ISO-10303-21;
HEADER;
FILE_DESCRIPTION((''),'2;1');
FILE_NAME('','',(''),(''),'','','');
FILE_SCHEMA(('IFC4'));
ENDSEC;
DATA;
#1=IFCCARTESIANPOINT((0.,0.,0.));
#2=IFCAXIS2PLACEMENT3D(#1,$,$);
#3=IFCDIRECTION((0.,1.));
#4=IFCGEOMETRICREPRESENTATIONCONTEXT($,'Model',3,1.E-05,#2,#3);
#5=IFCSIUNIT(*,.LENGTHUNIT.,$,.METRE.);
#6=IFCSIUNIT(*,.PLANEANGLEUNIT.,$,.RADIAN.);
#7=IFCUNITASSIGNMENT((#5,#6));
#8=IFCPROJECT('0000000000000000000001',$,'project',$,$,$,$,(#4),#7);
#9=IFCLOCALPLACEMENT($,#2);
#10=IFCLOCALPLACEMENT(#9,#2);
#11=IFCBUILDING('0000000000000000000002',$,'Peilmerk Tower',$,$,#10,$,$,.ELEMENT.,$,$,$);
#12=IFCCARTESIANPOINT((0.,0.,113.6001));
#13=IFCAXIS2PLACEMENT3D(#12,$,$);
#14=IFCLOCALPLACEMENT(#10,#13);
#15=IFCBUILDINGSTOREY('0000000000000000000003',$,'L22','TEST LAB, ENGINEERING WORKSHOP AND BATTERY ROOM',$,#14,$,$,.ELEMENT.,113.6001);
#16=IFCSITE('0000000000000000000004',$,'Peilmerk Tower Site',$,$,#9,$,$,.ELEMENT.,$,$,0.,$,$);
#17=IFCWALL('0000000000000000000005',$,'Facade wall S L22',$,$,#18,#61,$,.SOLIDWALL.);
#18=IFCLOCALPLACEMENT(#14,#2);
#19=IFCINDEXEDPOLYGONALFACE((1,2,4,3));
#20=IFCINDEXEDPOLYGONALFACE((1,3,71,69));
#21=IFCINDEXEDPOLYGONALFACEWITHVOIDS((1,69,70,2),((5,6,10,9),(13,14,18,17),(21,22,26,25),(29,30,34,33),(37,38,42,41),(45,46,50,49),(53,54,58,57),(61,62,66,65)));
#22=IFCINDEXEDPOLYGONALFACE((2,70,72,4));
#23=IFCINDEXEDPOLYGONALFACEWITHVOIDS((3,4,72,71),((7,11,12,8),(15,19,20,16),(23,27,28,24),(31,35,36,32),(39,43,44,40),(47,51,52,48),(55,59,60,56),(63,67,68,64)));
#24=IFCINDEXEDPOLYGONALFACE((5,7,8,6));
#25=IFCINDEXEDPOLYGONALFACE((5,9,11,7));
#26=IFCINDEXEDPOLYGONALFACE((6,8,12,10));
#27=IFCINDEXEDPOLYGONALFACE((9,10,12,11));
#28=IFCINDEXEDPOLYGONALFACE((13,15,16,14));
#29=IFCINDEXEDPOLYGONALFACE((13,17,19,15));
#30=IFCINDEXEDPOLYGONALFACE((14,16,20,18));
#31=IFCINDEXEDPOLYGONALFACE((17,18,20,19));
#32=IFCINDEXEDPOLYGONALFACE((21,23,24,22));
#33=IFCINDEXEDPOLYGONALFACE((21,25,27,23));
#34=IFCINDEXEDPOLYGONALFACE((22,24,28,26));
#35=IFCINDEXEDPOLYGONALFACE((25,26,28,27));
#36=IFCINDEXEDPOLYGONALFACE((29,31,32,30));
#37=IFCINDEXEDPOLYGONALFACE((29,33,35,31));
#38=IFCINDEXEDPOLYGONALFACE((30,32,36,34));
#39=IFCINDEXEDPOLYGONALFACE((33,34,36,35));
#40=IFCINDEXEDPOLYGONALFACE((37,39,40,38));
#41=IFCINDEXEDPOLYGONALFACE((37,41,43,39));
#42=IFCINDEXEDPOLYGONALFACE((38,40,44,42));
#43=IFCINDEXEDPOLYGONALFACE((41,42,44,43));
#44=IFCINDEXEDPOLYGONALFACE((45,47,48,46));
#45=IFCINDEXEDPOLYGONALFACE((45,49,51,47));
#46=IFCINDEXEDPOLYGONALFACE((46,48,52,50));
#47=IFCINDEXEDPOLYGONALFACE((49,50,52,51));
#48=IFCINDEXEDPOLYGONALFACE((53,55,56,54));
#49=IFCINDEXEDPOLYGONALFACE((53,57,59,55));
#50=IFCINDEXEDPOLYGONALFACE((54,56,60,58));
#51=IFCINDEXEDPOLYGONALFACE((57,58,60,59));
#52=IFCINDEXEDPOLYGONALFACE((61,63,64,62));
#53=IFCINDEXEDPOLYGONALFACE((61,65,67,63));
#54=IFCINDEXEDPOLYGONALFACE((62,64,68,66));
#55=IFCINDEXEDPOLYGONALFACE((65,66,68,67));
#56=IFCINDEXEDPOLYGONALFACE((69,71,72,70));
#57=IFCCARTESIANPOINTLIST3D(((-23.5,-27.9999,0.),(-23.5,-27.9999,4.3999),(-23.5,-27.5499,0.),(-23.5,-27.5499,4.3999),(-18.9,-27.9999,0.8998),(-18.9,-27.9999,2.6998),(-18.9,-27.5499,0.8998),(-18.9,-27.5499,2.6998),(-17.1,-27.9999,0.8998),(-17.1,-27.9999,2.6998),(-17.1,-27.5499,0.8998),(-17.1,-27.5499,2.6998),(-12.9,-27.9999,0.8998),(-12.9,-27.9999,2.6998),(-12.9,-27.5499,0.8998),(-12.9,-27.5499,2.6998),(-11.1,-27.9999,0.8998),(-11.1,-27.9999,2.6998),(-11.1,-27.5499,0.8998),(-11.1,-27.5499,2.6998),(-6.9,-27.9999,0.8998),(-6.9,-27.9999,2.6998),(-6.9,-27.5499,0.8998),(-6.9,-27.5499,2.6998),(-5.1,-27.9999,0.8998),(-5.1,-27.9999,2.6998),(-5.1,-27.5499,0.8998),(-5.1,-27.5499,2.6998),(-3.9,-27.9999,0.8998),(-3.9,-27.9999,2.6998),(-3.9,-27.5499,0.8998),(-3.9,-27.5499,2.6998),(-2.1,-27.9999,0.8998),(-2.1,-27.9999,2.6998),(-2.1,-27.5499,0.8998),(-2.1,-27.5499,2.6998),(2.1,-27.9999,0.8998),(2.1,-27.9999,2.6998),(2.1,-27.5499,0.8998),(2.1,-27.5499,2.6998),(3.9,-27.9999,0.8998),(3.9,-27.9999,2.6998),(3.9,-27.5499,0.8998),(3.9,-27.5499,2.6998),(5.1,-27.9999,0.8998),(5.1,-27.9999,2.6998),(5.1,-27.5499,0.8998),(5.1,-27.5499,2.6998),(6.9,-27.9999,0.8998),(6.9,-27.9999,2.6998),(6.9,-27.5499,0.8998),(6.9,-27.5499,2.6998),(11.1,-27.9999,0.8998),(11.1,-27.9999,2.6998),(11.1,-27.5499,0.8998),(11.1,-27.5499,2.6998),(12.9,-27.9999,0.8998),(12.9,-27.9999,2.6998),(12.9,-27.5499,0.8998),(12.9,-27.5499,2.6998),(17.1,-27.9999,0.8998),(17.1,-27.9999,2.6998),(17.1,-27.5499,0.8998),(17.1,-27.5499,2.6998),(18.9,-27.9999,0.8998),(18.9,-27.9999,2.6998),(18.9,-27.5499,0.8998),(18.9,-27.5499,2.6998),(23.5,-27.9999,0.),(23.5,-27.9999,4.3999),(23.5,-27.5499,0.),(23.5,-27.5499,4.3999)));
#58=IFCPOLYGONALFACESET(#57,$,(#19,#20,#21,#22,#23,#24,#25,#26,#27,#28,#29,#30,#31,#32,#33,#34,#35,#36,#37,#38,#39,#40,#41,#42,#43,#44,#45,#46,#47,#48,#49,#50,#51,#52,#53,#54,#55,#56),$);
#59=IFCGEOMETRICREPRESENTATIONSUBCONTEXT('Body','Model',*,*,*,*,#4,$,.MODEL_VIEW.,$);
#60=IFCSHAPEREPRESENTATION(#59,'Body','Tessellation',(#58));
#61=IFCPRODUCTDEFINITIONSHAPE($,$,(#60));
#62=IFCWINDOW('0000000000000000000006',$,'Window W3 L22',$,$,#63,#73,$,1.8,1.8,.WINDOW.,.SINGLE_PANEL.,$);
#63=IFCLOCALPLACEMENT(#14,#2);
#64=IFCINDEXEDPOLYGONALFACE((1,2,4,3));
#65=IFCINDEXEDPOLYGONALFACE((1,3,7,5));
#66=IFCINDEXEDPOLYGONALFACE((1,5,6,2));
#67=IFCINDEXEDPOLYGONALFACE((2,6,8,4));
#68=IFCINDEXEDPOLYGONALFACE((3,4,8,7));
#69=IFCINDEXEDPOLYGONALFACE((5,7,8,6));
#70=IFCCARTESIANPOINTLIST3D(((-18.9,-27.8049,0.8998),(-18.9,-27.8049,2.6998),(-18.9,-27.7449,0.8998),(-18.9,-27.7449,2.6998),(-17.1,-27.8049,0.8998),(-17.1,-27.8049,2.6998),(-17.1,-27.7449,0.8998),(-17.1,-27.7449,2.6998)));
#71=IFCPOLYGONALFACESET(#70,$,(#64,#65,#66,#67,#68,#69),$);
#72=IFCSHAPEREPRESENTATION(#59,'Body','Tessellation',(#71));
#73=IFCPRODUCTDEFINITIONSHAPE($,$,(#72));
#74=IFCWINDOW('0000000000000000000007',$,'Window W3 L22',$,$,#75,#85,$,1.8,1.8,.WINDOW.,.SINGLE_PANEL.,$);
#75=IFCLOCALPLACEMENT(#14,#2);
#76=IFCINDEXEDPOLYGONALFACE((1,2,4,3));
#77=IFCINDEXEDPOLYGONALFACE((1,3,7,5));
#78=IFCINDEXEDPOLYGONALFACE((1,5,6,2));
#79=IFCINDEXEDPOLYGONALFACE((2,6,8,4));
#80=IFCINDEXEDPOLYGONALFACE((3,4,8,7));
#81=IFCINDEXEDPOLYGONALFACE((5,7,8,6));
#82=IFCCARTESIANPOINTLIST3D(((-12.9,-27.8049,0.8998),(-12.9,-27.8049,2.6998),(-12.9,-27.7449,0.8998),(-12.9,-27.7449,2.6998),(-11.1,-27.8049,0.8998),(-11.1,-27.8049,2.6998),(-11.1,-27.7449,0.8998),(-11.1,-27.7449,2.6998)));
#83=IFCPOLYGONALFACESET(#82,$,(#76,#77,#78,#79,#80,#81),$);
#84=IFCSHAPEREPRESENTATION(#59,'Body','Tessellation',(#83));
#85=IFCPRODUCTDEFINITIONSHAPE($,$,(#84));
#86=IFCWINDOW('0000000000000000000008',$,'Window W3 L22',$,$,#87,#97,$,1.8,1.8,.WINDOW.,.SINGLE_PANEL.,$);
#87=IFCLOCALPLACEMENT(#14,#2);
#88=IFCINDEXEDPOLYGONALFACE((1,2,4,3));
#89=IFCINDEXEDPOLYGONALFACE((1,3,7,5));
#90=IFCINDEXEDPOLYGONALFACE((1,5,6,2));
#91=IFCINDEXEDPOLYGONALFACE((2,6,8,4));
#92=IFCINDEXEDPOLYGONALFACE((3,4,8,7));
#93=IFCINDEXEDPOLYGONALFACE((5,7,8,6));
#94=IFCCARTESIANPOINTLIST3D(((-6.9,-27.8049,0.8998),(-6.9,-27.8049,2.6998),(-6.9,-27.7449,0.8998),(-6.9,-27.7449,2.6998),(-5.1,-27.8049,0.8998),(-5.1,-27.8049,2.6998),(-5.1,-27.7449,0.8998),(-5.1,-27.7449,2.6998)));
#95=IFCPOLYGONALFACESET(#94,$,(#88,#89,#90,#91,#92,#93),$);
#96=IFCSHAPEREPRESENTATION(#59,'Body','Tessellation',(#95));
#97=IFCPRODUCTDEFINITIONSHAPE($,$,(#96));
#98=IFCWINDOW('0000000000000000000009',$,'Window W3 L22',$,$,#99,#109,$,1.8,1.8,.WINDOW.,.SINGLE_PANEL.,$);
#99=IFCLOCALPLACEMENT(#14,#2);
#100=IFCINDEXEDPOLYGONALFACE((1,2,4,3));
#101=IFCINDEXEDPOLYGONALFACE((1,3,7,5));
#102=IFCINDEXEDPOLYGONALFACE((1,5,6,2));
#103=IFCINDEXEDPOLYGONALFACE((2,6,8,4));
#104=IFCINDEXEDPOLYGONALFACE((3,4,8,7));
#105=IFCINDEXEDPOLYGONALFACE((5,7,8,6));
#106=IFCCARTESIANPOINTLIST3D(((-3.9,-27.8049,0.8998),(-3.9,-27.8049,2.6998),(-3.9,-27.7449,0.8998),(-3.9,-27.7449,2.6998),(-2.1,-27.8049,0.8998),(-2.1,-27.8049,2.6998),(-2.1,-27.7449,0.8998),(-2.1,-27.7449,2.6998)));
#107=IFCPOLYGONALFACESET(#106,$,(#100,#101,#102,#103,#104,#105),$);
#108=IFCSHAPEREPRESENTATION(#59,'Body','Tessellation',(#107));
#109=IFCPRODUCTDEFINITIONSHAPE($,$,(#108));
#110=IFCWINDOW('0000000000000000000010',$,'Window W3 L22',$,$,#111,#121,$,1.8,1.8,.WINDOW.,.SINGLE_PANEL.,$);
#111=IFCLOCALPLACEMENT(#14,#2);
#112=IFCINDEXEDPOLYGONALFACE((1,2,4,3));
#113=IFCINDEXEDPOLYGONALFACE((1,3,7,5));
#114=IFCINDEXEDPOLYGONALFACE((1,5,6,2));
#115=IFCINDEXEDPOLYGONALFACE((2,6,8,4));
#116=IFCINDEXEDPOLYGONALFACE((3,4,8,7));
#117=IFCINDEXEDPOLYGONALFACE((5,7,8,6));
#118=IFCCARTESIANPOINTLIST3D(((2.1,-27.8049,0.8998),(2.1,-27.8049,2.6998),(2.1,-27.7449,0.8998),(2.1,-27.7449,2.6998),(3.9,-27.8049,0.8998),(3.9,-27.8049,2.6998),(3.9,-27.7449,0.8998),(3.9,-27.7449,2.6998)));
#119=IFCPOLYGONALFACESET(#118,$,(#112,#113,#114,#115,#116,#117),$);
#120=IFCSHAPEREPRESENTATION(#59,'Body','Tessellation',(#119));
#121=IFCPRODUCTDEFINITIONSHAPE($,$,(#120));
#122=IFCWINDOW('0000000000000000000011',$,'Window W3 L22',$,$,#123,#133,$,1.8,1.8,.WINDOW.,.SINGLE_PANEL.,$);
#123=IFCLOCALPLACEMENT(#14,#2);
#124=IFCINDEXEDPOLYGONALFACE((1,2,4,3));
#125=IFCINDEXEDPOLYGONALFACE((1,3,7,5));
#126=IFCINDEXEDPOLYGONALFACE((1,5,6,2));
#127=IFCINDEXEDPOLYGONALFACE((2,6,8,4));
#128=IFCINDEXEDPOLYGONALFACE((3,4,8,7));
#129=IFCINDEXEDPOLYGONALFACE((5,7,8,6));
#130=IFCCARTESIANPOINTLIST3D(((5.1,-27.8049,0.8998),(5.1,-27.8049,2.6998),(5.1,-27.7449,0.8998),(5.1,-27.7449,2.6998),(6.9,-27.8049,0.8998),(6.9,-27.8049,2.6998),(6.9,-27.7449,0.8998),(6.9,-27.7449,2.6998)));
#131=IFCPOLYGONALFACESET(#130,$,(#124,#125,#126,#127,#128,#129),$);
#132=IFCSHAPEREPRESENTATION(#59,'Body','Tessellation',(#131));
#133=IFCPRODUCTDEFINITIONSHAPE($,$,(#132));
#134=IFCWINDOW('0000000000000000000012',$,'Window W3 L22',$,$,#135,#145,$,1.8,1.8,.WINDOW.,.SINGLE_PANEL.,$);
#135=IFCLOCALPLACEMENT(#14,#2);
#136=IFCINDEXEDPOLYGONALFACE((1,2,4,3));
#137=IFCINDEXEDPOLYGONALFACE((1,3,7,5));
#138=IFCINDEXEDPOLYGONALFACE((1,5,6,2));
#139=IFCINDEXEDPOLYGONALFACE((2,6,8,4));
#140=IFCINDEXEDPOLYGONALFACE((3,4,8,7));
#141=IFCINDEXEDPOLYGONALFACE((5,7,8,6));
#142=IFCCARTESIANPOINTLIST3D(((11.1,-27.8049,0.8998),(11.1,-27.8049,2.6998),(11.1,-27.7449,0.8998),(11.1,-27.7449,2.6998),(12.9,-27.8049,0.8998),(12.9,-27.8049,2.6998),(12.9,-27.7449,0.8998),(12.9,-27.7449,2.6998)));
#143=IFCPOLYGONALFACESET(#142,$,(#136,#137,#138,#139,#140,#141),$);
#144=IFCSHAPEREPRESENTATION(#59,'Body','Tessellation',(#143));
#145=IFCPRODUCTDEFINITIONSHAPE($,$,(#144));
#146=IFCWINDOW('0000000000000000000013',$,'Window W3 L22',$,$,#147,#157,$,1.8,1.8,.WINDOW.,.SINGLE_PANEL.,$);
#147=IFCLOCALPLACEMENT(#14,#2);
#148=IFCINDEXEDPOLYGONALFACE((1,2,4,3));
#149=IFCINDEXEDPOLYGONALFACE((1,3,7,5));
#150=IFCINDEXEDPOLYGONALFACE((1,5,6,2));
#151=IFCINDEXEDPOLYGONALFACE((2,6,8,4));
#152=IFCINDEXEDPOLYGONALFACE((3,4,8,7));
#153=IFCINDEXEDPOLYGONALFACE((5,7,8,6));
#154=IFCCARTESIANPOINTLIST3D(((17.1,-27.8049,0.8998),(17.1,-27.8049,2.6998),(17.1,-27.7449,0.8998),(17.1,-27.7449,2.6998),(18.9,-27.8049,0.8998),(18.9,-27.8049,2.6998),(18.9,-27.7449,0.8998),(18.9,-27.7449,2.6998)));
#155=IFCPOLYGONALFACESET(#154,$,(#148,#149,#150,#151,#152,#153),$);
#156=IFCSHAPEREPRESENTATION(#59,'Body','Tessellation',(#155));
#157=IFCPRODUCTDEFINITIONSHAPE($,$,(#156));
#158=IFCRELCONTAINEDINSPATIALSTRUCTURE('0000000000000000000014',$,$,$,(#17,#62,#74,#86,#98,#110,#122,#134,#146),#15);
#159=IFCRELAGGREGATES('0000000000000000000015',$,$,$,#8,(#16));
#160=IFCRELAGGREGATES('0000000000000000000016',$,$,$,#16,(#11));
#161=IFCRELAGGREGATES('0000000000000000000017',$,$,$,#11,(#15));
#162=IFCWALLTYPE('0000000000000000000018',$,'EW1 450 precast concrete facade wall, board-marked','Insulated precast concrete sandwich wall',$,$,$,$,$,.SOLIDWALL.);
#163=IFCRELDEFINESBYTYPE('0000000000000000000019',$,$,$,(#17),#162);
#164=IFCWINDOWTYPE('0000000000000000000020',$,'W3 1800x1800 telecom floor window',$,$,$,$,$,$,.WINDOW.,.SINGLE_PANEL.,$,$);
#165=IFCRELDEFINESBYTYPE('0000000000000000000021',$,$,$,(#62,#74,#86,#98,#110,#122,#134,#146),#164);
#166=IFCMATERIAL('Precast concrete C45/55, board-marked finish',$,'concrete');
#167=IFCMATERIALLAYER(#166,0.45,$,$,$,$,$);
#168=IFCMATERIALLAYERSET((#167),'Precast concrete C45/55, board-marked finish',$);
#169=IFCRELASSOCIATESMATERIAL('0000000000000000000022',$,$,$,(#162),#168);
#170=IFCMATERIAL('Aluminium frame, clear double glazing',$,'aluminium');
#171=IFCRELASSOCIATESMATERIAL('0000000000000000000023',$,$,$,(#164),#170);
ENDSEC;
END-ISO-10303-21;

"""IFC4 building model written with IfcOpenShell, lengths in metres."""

from ifc_helpers import new_model, si_unit, direction, frame, frame_2d, origin, place, context, subcontext, project, spatial, rectangle, extrude, material, layer, layer_set, type_object, element, fill, save


model = new_model("IFC4")

# Units and contexts
model_context = context("Model", 3, precision=1e-05, world=origin(), true_north=direction((0.0, 1.0)))
body_context = subcontext(model_context, "Body", "Model", "MODEL_VIEW")
ifc_project = project(units=[si_unit("LENGTHUNIT", "METRE"), si_unit("PLANEANGLEUNIT", "RADIAN")], contexts=[model_context])

# Site, building, storey
site_placement = place(None, origin())
site = spatial("IfcSite", under=ifc_project, at=site_placement, Name="Peilmerk Tower Site", CompositionType="ELEMENT", RefElevation=0.0)
building_placement = place(site_placement, origin())
building = spatial("IfcBuilding", under=site, at=building_placement, Name="Peilmerk Tower", CompositionType="ELEMENT")
storey_placement = place(building_placement, frame((0.0, 0.0, 113.6001)))
storey = spatial("IfcBuildingStorey", under=building, at=storey_placement, Name="L22", Description="TEST LAB, ENGINEERING WORKSHOP AND BATTERY ROOM", CompositionType="ELEMENT", Elevation=113.6001)

# Wall, openings, windows
ifc_material_1 = material(Name="Precast concrete C45/55, board-marked finish", Category="concrete")
ifc_layer = layer(ifc_material_1, 0.45)
ifc_layer_set = layer_set([ifc_layer], Name="Precast concrete C45/55, board-marked finish")
wall_type = type_object("IfcWallType", Name="EW1 450 precast concrete facade wall, board-marked", Description="Insulated precast concrete sandwich wall", PredefinedType="SOLIDWALL", material=ifc_layer_set)
wall_1_placement = place(storey_placement, frame((-23.5, -27.7749, 0.0), z_axis=(0.0, 0.0, 1.0), x_axis=(1.0, 0.0, 0.0)))
wall_1 = element("IfcWall", 1, at=wall_1_placement, inside=storey, type_object=wall_type, Name="Facade wall S L22", PredefinedType="SOLIDWALL", context=body_context, shape_type="SweptSolid", body=[
    extrude(rectangle(XDim=47.0, YDim=0.45, at=frame_2d((23.5, 0.0))), origin(), (0.0, 0.0, 1.0), 4.3999),
])
opening_1_placement = place(wall_1_placement, frame((4.6001, 0.0, 0.8999)))
opening_1 = element("IfcOpeningElement", 2, at=opening_1_placement, cuts=wall_1, PredefinedType="OPENING", context=body_context, shape_type="SweptSolid", body=[
    extrude(rectangle(XDim=1.8, YDim=1.8, at=frame_2d((0.8999, 0.8999))), frame((0.0, 0.2349, 0.0), z_axis=(0.0, -1.0, 0.0), x_axis=(1.0, 0.0, 0.0)), (0.0, 0.0, 1.0), 0.47),
])
opening_2_placement = place(wall_1_placement, frame((10.6001, 0.0, 0.8999)))
opening_2 = element("IfcOpeningElement", 3, at=opening_2_placement, cuts=wall_1, PredefinedType="OPENING", context=body_context, shape_type="SweptSolid", body=[
    extrude(rectangle(XDim=1.8, YDim=1.8, at=frame_2d((0.8999, 0.8999))), frame((0.0, 0.2349, 0.0), z_axis=(0.0, -1.0, 0.0), x_axis=(1.0, 0.0, 0.0)), (0.0, 0.0, 1.0), 0.47),
])
opening_3_placement = place(wall_1_placement, frame((16.6001, 0.0, 0.8999)))
opening_3 = element("IfcOpeningElement", 4, at=opening_3_placement, cuts=wall_1, PredefinedType="OPENING", context=body_context, shape_type="SweptSolid", body=[
    extrude(rectangle(XDim=1.8, YDim=1.8, at=frame_2d((0.8999, 0.8999))), frame((0.0, 0.2349, 0.0), z_axis=(0.0, -1.0, 0.0), x_axis=(1.0, 0.0, 0.0)), (0.0, 0.0, 1.0), 0.47),
])
opening_4_placement = place(wall_1_placement, frame((19.6001, 0.0, 0.8999)))
opening_4 = element("IfcOpeningElement", 5, at=opening_4_placement, cuts=wall_1, PredefinedType="OPENING", context=body_context, shape_type="SweptSolid", body=[
    extrude(rectangle(XDim=1.8, YDim=1.8, at=frame_2d((0.8999, 0.8999))), frame((0.0, 0.2349, 0.0), z_axis=(0.0, -1.0, 0.0), x_axis=(1.0, 0.0, 0.0)), (0.0, 0.0, 1.0), 0.47),
])
opening_5_placement = place(wall_1_placement, frame((25.6001, 0.0, 0.8999)))
opening_5 = element("IfcOpeningElement", 6, at=opening_5_placement, cuts=wall_1, PredefinedType="OPENING", context=body_context, shape_type="SweptSolid", body=[
    extrude(rectangle(XDim=1.8, YDim=1.8, at=frame_2d((0.8999, 0.8999))), frame((0.0, 0.2349, 0.0), z_axis=(0.0, -1.0, 0.0), x_axis=(1.0, 0.0, 0.0)), (0.0, 0.0, 1.0), 0.47),
])
opening_6_placement = place(wall_1_placement, frame((28.6001, 0.0, 0.8999)))
opening_6 = element("IfcOpeningElement", 7, at=opening_6_placement, cuts=wall_1, PredefinedType="OPENING", context=body_context, shape_type="SweptSolid", body=[
    extrude(rectangle(XDim=1.8, YDim=1.8, at=frame_2d((0.8999, 0.8999))), frame((0.0, 0.2349, 0.0), z_axis=(0.0, -1.0, 0.0), x_axis=(1.0, 0.0, 0.0)), (0.0, 0.0, 1.0), 0.47),
])
opening_7_placement = place(wall_1_placement, frame((34.6001, 0.0, 0.8999)))
opening_7 = element("IfcOpeningElement", 8, at=opening_7_placement, cuts=wall_1, PredefinedType="OPENING", context=body_context, shape_type="SweptSolid", body=[
    extrude(rectangle(XDim=1.8, YDim=1.8, at=frame_2d((0.8999, 0.8999))), frame((0.0, 0.2349, 0.0), z_axis=(0.0, -1.0, 0.0), x_axis=(1.0, 0.0, 0.0)), (0.0, 0.0, 1.0), 0.47),
])
opening_8_placement = place(wall_1_placement, frame((40.6001, 0.0, 0.8999)))
opening_8 = element("IfcOpeningElement", 9, at=opening_8_placement, cuts=wall_1, PredefinedType="OPENING", context=body_context, shape_type="SweptSolid", body=[
    extrude(rectangle(XDim=1.8, YDim=1.8, at=frame_2d((0.8999, 0.8999))), frame((0.0, 0.2349, 0.0), z_axis=(0.0, -1.0, 0.0), x_axis=(1.0, 0.0, 0.0)), (0.0, 0.0, 1.0), 0.47),
])
ifc_material_2 = material(Name="Aluminium frame, clear double glazing", Category="aluminium")
window_type = type_object("IfcWindowType", Name="W3 1800x1800 telecom floor window", PartitioningType="SINGLE_PANEL", PredefinedType="WINDOW", material=ifc_material_2)
window_1_placement = place(opening_1_placement, origin())
window_1 = element("IfcWindow", 10, at=window_1_placement, inside=storey, type_object=window_type, Name="Window W3 L22", OverallHeight=1.8, OverallWidth=1.8, PartitioningType="SINGLE_PANEL", PredefinedType="WINDOW", context=body_context, shape_type="SweptSolid", body=[
    extrude(rectangle(XDim=1.8, YDim=1.8, at=frame_2d((0.8999, 0.8999))), frame((0.0, 0.03, 0.0), z_axis=(0.0, -1.0, 0.0), x_axis=(1.0, 0.0, 0.0)), (0.0, 0.0, 1.0), 0.0601),
])
fill(opening_1, window_1)
window_2_placement = place(opening_2_placement, origin())
window_2 = element("IfcWindow", 11, at=window_2_placement, inside=storey, type_object=window_type, Name="Window W3 L22", OverallHeight=1.8, OverallWidth=1.8, PartitioningType="SINGLE_PANEL", PredefinedType="WINDOW", context=body_context, shape_type="SweptSolid", body=[
    extrude(rectangle(XDim=1.8, YDim=1.8, at=frame_2d((0.8999, 0.8999))), frame((0.0, 0.03, 0.0), z_axis=(0.0, -1.0, 0.0), x_axis=(1.0, 0.0, 0.0)), (0.0, 0.0, 1.0), 0.0601),
])
fill(opening_2, window_2)
window_3_placement = place(opening_3_placement, origin())
window_3 = element("IfcWindow", 12, at=window_3_placement, inside=storey, type_object=window_type, Name="Window W3 L22", OverallHeight=1.8, OverallWidth=1.8, PartitioningType="SINGLE_PANEL", PredefinedType="WINDOW", context=body_context, shape_type="SweptSolid", body=[
    extrude(rectangle(XDim=1.8, YDim=1.8, at=frame_2d((0.8999, 0.8999))), frame((0.0, 0.03, 0.0), z_axis=(0.0, -1.0, 0.0), x_axis=(1.0, 0.0, 0.0)), (0.0, 0.0, 1.0), 0.0601),
])
fill(opening_3, window_3)
window_4_placement = place(opening_4_placement, origin())
window_4 = element("IfcWindow", 13, at=window_4_placement, inside=storey, type_object=window_type, Name="Window W3 L22", OverallHeight=1.8, OverallWidth=1.8, PartitioningType="SINGLE_PANEL", PredefinedType="WINDOW", context=body_context, shape_type="SweptSolid", body=[
    extrude(rectangle(XDim=1.8, YDim=1.8, at=frame_2d((0.8999, 0.8999))), frame((0.0, 0.03, 0.0), z_axis=(0.0, -1.0, 0.0), x_axis=(1.0, 0.0, 0.0)), (0.0, 0.0, 1.0), 0.0601),
])
fill(opening_4, window_4)
window_5_placement = place(opening_5_placement, origin())
window_5 = element("IfcWindow", 14, at=window_5_placement, inside=storey, type_object=window_type, Name="Window W3 L22", OverallHeight=1.8, OverallWidth=1.8, PartitioningType="SINGLE_PANEL", PredefinedType="WINDOW", context=body_context, shape_type="SweptSolid", body=[
    extrude(rectangle(XDim=1.8, YDim=1.8, at=frame_2d((0.8999, 0.8999))), frame((0.0, 0.03, 0.0), z_axis=(0.0, -1.0, 0.0), x_axis=(1.0, 0.0, 0.0)), (0.0, 0.0, 1.0), 0.0601),
])
fill(opening_5, window_5)
window_6_placement = place(opening_6_placement, origin())
window_6 = element("IfcWindow", 15, at=window_6_placement, inside=storey, type_object=window_type, Name="Window W3 L22", OverallHeight=1.8, OverallWidth=1.8, PartitioningType="SINGLE_PANEL", PredefinedType="WINDOW", context=body_context, shape_type="SweptSolid", body=[
    extrude(rectangle(XDim=1.8, YDim=1.8, at=frame_2d((0.8999, 0.8999))), frame((0.0, 0.03, 0.0), z_axis=(0.0, -1.0, 0.0), x_axis=(1.0, 0.0, 0.0)), (0.0, 0.0, 1.0), 0.0601),
])
fill(opening_6, window_6)
window_7_placement = place(opening_7_placement, origin())
window_7 = element("IfcWindow", 16, at=window_7_placement, inside=storey, type_object=window_type, Name="Window W3 L22", OverallHeight=1.8, OverallWidth=1.8, PartitioningType="SINGLE_PANEL", PredefinedType="WINDOW", context=body_context, shape_type="SweptSolid", body=[
    extrude(rectangle(XDim=1.8, YDim=1.8, at=frame_2d((0.8999, 0.8999))), frame((0.0, 0.03, 0.0), z_axis=(0.0, -1.0, 0.0), x_axis=(1.0, 0.0, 0.0)), (0.0, 0.0, 1.0), 0.0601),
])
fill(opening_7, window_7)
window_8_placement = place(opening_8_placement, origin())
window_8 = element("IfcWindow", 17, at=window_8_placement, inside=storey, type_object=window_type, Name="Window W3 L22", OverallHeight=1.8, OverallWidth=1.8, PartitioningType="SINGLE_PANEL", PredefinedType="WINDOW", context=body_context, shape_type="SweptSolid", body=[
    extrude(rectangle(XDim=1.8, YDim=1.8, at=frame_2d((0.8999, 0.8999))), frame((0.0, 0.03, 0.0), z_axis=(0.0, -1.0, 0.0), x_axis=(1.0, 0.0, 0.0)), (0.0, 0.0, 1.0), 0.0601),
])
fill(opening_8, window_8)

save(model, "model.ifc")
